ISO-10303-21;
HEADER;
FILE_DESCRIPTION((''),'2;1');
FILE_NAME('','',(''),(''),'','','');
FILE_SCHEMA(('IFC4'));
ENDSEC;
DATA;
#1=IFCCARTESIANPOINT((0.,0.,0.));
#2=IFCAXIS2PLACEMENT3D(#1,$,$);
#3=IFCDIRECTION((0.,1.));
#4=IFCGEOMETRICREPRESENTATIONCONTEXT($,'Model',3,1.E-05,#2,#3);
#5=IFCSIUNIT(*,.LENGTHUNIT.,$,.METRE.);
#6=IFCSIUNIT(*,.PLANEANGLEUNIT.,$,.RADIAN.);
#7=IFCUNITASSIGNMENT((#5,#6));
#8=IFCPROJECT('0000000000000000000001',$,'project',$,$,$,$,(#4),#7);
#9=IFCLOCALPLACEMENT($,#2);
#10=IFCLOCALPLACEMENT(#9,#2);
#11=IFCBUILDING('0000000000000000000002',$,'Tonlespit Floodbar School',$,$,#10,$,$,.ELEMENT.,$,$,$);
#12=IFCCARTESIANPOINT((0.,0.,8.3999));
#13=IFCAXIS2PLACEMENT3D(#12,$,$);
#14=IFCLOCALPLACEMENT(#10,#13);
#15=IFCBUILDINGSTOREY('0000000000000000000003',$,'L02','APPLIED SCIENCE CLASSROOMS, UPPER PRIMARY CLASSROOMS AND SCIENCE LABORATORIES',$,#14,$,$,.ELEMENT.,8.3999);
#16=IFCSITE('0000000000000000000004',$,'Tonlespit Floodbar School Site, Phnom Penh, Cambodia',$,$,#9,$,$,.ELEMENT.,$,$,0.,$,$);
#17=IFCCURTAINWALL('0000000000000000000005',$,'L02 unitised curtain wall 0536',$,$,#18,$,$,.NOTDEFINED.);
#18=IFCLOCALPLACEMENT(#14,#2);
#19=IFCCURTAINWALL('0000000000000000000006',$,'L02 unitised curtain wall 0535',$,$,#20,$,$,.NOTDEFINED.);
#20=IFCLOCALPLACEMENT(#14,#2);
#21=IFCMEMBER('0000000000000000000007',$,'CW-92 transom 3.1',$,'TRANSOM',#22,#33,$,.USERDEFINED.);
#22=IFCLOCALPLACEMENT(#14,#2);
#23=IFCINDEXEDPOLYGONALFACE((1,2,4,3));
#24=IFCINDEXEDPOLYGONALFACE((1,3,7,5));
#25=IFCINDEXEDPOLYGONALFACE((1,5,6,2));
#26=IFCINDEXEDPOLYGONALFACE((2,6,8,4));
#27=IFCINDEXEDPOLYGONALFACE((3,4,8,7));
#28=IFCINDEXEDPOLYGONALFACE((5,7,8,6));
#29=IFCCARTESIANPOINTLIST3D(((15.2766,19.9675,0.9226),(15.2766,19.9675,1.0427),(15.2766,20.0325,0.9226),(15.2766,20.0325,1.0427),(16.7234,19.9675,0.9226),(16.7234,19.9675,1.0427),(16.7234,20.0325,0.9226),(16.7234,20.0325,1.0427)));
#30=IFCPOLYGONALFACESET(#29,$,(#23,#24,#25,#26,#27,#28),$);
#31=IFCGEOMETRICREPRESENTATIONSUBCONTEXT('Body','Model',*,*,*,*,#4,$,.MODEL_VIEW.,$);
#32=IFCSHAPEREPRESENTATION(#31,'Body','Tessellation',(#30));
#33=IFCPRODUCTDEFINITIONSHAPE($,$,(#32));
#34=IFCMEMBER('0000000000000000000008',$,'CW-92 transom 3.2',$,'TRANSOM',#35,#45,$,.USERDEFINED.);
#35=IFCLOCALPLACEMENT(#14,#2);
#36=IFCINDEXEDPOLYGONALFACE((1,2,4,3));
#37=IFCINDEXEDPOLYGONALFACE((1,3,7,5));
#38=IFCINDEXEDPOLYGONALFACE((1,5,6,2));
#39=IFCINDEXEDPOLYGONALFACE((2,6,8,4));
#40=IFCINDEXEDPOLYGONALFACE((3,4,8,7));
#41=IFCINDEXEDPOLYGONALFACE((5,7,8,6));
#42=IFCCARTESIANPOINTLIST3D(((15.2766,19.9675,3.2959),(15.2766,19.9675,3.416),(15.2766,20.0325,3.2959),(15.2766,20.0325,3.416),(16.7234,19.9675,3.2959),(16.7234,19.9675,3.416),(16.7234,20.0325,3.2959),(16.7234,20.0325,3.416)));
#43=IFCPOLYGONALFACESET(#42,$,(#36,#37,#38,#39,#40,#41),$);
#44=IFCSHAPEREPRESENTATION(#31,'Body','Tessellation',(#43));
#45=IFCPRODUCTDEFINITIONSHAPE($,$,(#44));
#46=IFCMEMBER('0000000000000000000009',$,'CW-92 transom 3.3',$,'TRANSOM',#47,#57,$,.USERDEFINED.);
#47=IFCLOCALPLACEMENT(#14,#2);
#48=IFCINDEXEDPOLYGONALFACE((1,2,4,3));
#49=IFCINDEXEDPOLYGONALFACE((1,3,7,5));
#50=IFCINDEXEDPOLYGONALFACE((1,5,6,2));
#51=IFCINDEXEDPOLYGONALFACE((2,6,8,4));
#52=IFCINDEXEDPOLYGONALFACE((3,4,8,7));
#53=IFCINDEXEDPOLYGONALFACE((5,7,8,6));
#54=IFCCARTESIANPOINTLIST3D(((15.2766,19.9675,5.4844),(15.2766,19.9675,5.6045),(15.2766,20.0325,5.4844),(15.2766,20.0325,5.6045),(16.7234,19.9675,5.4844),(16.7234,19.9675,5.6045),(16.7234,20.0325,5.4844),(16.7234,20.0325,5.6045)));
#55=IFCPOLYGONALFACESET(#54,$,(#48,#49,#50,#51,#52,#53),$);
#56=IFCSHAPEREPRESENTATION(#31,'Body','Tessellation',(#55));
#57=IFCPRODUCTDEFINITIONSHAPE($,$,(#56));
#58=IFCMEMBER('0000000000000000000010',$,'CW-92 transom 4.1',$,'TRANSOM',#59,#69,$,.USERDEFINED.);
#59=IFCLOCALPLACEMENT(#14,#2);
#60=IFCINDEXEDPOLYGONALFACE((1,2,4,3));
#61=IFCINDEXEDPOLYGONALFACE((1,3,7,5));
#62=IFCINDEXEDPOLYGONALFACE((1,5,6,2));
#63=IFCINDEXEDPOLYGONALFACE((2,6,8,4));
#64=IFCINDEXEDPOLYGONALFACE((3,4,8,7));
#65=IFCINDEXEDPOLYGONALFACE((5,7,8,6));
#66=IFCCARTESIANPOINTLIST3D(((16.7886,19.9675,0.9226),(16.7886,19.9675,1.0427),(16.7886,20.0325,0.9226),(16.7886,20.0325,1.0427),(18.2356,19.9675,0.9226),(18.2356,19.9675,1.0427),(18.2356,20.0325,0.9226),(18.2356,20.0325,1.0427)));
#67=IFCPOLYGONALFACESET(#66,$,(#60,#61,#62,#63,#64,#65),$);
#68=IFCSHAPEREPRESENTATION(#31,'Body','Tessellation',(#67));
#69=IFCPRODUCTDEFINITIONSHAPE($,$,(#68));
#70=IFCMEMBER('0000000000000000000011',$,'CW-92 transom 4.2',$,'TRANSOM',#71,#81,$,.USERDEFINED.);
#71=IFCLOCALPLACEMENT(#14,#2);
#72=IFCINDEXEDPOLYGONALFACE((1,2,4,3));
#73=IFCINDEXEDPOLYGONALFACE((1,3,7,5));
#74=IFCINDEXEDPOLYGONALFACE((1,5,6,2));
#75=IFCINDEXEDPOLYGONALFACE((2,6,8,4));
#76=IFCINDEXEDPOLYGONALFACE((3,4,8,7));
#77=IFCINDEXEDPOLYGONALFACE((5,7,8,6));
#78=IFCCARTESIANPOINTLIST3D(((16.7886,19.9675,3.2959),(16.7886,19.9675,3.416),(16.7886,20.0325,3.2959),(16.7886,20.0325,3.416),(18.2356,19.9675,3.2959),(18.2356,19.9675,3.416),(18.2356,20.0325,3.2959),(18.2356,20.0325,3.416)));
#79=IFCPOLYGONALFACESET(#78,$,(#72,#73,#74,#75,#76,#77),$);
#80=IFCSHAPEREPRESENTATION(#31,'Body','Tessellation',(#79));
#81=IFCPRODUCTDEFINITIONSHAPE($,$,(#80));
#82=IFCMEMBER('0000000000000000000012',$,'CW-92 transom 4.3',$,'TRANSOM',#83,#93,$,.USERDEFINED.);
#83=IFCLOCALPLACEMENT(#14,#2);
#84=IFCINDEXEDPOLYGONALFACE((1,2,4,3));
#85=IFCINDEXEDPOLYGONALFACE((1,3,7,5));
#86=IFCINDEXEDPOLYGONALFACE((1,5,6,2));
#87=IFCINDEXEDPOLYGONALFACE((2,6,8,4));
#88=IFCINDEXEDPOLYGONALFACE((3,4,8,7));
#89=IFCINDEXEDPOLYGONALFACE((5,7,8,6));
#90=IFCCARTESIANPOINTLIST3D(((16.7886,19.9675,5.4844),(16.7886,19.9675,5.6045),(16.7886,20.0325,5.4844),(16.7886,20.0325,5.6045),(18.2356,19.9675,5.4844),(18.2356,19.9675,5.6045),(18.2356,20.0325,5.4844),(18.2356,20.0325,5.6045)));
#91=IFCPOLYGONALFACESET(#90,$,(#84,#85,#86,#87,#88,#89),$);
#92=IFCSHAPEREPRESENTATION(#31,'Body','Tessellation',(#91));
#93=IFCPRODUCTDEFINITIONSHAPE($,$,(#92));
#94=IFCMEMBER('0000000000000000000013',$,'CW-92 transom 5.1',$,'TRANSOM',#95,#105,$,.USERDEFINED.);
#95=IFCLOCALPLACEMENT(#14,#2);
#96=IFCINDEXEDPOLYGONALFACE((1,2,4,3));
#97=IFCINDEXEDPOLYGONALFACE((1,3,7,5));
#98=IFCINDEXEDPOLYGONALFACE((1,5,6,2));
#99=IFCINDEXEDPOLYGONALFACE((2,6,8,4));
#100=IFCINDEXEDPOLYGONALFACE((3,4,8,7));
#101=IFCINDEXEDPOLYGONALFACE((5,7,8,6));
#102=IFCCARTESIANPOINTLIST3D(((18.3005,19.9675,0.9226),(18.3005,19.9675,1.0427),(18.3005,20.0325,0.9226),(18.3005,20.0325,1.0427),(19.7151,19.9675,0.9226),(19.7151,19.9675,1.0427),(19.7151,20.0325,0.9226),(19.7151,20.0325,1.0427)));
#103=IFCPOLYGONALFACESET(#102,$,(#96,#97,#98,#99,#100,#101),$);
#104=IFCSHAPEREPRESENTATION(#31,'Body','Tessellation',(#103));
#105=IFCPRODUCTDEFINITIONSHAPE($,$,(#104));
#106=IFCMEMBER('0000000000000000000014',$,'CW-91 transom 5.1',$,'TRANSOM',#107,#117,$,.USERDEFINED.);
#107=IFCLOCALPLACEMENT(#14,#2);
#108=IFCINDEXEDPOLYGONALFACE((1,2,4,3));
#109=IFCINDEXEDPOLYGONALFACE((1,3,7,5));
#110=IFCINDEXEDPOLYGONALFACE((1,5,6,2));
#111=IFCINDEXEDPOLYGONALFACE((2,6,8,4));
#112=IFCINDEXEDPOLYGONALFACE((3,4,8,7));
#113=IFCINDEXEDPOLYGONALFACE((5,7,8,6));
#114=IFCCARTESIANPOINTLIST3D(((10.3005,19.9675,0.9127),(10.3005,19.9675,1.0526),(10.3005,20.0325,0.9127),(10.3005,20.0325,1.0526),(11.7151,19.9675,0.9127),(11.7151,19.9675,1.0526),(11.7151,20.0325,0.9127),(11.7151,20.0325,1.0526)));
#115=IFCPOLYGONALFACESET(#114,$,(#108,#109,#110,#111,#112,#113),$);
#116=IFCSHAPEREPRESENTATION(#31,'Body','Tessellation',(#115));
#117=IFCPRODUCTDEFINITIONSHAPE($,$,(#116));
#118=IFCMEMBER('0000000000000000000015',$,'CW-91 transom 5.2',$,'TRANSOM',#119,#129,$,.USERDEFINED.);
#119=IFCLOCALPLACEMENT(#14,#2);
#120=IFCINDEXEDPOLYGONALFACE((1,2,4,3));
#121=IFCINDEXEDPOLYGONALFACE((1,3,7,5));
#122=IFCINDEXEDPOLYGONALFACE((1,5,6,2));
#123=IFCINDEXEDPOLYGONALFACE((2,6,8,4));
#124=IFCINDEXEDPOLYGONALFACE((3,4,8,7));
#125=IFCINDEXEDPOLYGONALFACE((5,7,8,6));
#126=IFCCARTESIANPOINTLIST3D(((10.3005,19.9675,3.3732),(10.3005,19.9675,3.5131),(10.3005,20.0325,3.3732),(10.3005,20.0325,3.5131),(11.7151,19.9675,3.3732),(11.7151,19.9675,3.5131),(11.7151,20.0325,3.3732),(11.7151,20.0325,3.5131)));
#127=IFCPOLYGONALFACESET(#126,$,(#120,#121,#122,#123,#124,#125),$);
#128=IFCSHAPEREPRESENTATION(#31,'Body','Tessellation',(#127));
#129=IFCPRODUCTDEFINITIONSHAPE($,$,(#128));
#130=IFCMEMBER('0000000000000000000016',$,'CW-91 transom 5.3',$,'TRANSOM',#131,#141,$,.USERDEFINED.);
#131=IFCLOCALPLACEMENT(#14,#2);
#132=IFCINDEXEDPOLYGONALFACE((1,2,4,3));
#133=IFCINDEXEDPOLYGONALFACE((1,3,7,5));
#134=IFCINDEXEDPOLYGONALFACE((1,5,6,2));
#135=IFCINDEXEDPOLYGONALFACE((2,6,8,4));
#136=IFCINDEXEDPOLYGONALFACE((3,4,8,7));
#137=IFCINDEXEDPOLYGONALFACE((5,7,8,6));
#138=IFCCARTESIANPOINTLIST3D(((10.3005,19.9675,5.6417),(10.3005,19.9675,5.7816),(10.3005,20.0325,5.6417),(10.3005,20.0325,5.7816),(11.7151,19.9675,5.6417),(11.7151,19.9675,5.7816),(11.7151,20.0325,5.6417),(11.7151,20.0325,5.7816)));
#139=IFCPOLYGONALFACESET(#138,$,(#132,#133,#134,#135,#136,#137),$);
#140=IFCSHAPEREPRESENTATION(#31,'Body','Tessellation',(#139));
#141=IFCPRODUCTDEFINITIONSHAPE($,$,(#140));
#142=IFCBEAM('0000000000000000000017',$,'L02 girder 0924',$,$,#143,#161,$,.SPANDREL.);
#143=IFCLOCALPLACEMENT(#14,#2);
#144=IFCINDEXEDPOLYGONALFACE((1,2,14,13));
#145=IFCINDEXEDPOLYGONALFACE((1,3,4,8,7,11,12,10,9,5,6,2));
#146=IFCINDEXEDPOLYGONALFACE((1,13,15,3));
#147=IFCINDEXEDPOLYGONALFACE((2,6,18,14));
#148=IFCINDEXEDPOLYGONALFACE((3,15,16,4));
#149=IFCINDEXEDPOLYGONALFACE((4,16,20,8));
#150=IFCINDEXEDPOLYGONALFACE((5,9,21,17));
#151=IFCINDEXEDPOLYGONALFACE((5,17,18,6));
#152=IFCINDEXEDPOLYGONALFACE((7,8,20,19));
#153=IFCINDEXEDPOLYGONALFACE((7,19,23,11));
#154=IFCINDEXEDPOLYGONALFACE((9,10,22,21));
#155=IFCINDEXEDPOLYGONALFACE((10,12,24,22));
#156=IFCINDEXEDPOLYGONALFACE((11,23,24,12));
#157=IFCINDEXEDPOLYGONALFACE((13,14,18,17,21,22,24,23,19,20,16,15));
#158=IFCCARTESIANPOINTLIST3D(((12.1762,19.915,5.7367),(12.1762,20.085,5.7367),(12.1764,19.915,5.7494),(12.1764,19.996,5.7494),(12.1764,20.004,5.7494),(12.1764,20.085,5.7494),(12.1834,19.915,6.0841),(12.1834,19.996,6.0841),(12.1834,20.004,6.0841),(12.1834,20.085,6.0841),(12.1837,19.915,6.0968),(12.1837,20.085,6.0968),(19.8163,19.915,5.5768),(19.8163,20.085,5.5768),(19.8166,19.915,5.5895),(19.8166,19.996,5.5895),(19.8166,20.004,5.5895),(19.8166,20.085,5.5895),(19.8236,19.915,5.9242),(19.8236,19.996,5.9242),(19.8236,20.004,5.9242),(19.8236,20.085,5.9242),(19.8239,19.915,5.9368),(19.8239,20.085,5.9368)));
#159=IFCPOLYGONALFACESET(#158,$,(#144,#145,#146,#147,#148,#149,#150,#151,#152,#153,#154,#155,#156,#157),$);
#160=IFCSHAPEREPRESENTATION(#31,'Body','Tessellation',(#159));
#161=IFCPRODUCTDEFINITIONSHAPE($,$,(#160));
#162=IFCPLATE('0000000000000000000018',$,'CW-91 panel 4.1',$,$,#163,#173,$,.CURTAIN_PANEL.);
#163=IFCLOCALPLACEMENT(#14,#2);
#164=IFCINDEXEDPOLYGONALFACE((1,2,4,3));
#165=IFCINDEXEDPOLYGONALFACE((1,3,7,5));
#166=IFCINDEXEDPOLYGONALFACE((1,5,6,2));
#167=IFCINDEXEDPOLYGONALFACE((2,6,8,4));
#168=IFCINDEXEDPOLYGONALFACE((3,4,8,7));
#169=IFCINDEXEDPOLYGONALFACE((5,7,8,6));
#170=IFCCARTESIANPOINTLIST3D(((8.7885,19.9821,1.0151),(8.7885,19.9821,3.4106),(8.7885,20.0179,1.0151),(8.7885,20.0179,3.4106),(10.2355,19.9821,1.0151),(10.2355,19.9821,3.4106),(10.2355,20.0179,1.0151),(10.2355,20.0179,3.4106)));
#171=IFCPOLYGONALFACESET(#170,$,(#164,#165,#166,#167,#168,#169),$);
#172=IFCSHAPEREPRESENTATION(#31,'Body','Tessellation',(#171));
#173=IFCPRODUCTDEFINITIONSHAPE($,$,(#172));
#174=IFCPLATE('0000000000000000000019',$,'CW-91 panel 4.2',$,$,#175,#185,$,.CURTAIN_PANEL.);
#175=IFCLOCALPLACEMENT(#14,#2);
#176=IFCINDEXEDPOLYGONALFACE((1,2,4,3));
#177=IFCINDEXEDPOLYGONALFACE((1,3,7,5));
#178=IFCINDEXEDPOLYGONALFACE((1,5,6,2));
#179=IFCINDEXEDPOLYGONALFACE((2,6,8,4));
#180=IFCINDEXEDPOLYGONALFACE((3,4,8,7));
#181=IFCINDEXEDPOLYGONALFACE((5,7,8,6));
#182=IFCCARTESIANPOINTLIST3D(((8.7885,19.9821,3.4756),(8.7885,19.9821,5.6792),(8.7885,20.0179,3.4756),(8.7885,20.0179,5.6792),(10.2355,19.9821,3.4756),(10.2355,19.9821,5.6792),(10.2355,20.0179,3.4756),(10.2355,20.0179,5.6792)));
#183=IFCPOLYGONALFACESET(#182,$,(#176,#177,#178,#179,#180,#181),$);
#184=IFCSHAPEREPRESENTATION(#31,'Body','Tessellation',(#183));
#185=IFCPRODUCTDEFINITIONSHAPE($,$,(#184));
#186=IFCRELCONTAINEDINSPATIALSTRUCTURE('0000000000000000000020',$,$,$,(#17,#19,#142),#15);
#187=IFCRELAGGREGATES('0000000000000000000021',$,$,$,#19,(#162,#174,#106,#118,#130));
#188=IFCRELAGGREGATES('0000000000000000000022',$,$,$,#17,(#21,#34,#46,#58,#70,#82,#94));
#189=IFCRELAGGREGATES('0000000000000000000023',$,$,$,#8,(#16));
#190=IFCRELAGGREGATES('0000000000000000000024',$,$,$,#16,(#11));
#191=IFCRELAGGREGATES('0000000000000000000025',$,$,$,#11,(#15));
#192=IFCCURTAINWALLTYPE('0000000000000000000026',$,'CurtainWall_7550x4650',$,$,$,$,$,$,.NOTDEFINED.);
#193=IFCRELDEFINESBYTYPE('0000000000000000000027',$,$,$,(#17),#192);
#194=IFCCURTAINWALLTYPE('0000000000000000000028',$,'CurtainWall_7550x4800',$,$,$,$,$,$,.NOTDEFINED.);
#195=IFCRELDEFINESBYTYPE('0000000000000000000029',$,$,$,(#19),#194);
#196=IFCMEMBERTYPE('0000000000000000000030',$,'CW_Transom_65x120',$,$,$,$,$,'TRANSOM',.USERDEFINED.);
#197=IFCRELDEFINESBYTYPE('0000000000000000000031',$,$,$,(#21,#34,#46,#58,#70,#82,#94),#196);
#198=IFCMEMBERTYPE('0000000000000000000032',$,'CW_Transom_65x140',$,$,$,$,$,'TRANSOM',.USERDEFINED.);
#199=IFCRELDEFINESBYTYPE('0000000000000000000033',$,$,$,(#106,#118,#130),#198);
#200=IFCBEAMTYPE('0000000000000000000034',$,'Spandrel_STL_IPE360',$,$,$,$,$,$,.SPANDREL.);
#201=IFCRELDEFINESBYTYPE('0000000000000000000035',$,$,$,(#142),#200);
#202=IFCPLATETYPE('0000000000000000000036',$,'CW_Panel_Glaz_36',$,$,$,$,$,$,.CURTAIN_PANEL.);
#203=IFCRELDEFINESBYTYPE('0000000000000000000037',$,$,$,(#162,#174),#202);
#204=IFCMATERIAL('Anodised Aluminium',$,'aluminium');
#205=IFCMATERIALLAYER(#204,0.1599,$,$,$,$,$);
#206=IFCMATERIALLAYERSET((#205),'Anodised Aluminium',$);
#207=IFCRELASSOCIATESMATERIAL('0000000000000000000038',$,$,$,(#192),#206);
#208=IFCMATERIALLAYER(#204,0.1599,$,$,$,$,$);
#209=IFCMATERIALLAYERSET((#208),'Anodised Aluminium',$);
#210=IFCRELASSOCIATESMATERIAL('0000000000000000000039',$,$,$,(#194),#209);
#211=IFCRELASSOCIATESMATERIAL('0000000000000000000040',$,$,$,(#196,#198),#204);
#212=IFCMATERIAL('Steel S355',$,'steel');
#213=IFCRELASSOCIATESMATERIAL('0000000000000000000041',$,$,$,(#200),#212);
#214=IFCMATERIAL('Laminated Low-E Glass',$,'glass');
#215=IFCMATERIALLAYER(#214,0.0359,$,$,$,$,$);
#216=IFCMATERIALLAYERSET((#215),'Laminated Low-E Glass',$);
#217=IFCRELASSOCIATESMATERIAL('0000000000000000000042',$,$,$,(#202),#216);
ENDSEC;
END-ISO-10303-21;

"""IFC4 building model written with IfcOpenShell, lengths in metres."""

from ifc_helpers import new_model, si_unit, direction, frame, origin, origin_2d, place, context, subcontext, project, spatial, rectangle, i_section, extrude, material, layer, layer_set, material_profile, profile_set, type_object, element, aggregate, save


model = new_model("IFC4")

# Units and contexts
model_context = context("Model", 3, precision=1e-05, world=origin(), true_north=direction((0.0, 1.0)))
body_context = subcontext(model_context, "Body", "Model", "MODEL_VIEW")
ifc_project = project(units=[si_unit("LENGTHUNIT", "METRE"), si_unit("PLANEANGLEUNIT", "RADIAN")], contexts=[model_context])

# Site, building, storey
site_placement = place(None, origin())
site = spatial("IfcSite", under=ifc_project, at=site_placement, Name="Tonlespit Floodbar School Site, Phnom Penh, Cambodia", CompositionType="ELEMENT", RefElevation=0.0)
building_placement = place(site_placement, origin())
building = spatial("IfcBuilding", under=site, at=building_placement, Name="Tonlespit Floodbar School", CompositionType="ELEMENT")
storey_placement = place(building_placement, frame((0.0, 0.0, 8.3999)))
storey = spatial("IfcBuildingStorey", under=building, at=storey_placement, Name="L02", Description="APPLIED SCIENCE CLASSROOMS, UPPER PRIMARY CLASSROOMS AND SCIENCE LABORATORIES", CompositionType="ELEMENT", Elevation=8.3999)

# Curtain walls
ifc_material_1 = material(Name="Anodised Aluminium", Category="aluminium")
ifc_layer_1 = layer(ifc_material_1, 0.1599)
ifc_layer_set_1 = layer_set([ifc_layer_1], Name="Anodised Aluminium")
curtain_wall_type_1 = type_object("IfcCurtainWallType", Name="CurtainWall_7550x4650", PredefinedType="NOTDEFINED", material=ifc_layer_set_1)
curtain_wall_1_placement = place(storey_placement, origin())
curtain_wall_1 = element("IfcCurtainWall", 1, at=curtain_wall_1_placement, inside=storey, type_object=curtain_wall_type_1, Name="L02 unitised curtain wall 0536", PredefinedType="NOTDEFINED")
ifc_layer_2 = layer(ifc_material_1, 0.1599)
ifc_layer_set_2 = layer_set([ifc_layer_2], Name="Anodised Aluminium")
curtain_wall_type_2 = type_object("IfcCurtainWallType", Name="CurtainWall_7550x4800", PredefinedType="NOTDEFINED", material=ifc_layer_set_2)
curtain_wall_2_placement = place(storey_placement, origin())
curtain_wall_2 = element("IfcCurtainWall", 2, at=curtain_wall_2_placement, inside=storey, type_object=curtain_wall_type_2, Name="L02 unitised curtain wall 0535", PredefinedType="NOTDEFINED")

# Members
ifc_material_profile_1 = material_profile(ifc_material_1, rectangle(XDim=0.0649, YDim=0.1201, at=origin_2d()), Name="ALU T65x120")
ifc_profile_set_1 = profile_set([ifc_material_profile_1], Name="Anodised Aluminium")
member_type_1 = type_object("IfcMemberType", Name="CW_Transom_65x120", ElementType="TRANSOM", PredefinedType="USERDEFINED", material=ifc_profile_set_1)
member_1_placement = place(storey_placement, frame((15.2766, 20.0, 0.9827), z_axis=(1.0, 0.0, 0.0), x_axis=(0.0, 1.0, 0.0)))
member_1 = element("IfcMember", 3, at=member_1_placement, type_object=member_type_1, Name="CW-92 transom 3.1", ObjectType="TRANSOM", PredefinedType="USERDEFINED", context=body_context, shape_type="SweptSolid", body=[
    extrude(rectangle(XDim=0.0649, YDim=0.1201, at=origin_2d()), origin(), (0.0, 0.0, 1.0), 1.4468),
])
member_2_placement = place(storey_placement, frame((15.2766, 20.0, 3.356), z_axis=(1.0, 0.0, 0.0), x_axis=(0.0, 1.0, 0.0)))
member_2 = element("IfcMember", 4, at=member_2_placement, type_object=member_type_1, Name="CW-92 transom 3.2", ObjectType="TRANSOM", PredefinedType="USERDEFINED", context=body_context, shape_type="SweptSolid", body=[
    extrude(rectangle(XDim=0.0649, YDim=0.1201, at=origin_2d()), origin(), (0.0, 0.0, 1.0), 1.4468),
])
member_3_placement = place(storey_placement, frame((15.2766, 20.0, 5.5444), z_axis=(1.0, 0.0, 0.0), x_axis=(0.0, 1.0, 0.0)))
member_3 = element("IfcMember", 5, at=member_3_placement, type_object=member_type_1, Name="CW-92 transom 3.3", ObjectType="TRANSOM", PredefinedType="USERDEFINED", context=body_context, shape_type="SweptSolid", body=[
    extrude(rectangle(XDim=0.0649, YDim=0.1201, at=origin_2d()), origin(), (0.0, 0.0, 1.0), 1.4468),
])
member_4_placement = place(storey_placement, frame((16.7886, 20.0, 0.9827), z_axis=(1.0, 0.0, 0.0), x_axis=(0.0, 1.0, 0.0)))
member_4 = element("IfcMember", 6, at=member_4_placement, type_object=member_type_1, Name="CW-92 transom 4.1", ObjectType="TRANSOM", PredefinedType="USERDEFINED", context=body_context, shape_type="SweptSolid", body=[
    extrude(rectangle(XDim=0.0649, YDim=0.1201, at=origin_2d()), origin(), (0.0, 0.0, 1.0), 1.447),
])
member_5_placement = place(storey_placement, frame((16.7886, 20.0, 3.356), z_axis=(1.0, 0.0, 0.0), x_axis=(0.0, 1.0, 0.0)))
member_5 = element("IfcMember", 7, at=member_5_placement, type_object=member_type_1, Name="CW-92 transom 4.2", ObjectType="TRANSOM", PredefinedType="USERDEFINED", context=body_context, shape_type="SweptSolid", body=[
    extrude(rectangle(XDim=0.0649, YDim=0.1201, at=origin_2d()), origin(), (0.0, 0.0, 1.0), 1.447),
])
member_6_placement = place(storey_placement, frame((16.7886, 20.0, 5.5444), z_axis=(1.0, 0.0, 0.0), x_axis=(0.0, 1.0, 0.0)))
member_6 = element("IfcMember", 8, at=member_6_placement, type_object=member_type_1, Name="CW-92 transom 4.3", ObjectType="TRANSOM", PredefinedType="USERDEFINED", context=body_context, shape_type="SweptSolid", body=[
    extrude(rectangle(XDim=0.0649, YDim=0.1201, at=origin_2d()), origin(), (0.0, 0.0, 1.0), 1.447),
])
member_7_placement = place(storey_placement, frame((18.3005, 20.0, 0.9827), z_axis=(1.0, 0.0, 0.0), x_axis=(0.0, 1.0, 0.0)))
member_7 = element("IfcMember", 9, at=member_7_placement, type_object=member_type_1, Name="CW-92 transom 5.1", ObjectType="TRANSOM", PredefinedType="USERDEFINED", context=body_context, shape_type="SweptSolid", body=[
    extrude(rectangle(XDim=0.0649, YDim=0.1201, at=origin_2d()), origin(), (0.0, 0.0, 1.0), 1.4146),
])
ifc_material_profile_2 = material_profile(ifc_material_1, rectangle(XDim=0.0649, YDim=0.1399, at=origin_2d()), Name="ALU T65x140")
ifc_profile_set_2 = profile_set([ifc_material_profile_2], Name="Anodised Aluminium")
member_type_2 = type_object("IfcMemberType", Name="CW_Transom_65x140", ElementType="TRANSOM", PredefinedType="USERDEFINED", material=ifc_profile_set_2)
member_8_placement = place(storey_placement, frame((10.3005, 20.0, 0.9827), z_axis=(1.0, 0.0, 0.0), x_axis=(0.0, 1.0, 0.0)))
member_8 = element("IfcMember", 10, at=member_8_placement, type_object=member_type_2, Name="CW-91 transom 5.1", ObjectType="TRANSOM", PredefinedType="USERDEFINED", context=body_context, shape_type="SweptSolid", body=[
    extrude(rectangle(XDim=0.0649, YDim=0.1399, at=origin_2d()), origin(), (0.0, 0.0, 1.0), 1.4146),
])
member_9_placement = place(storey_placement, frame((10.3005, 20.0, 3.4431), z_axis=(1.0, 0.0, 0.0), x_axis=(0.0, 1.0, 0.0)))
member_9 = element("IfcMember", 11, at=member_9_placement, type_object=member_type_2, Name="CW-91 transom 5.2", ObjectType="TRANSOM", PredefinedType="USERDEFINED", context=body_context, shape_type="SweptSolid", body=[
    extrude(rectangle(XDim=0.0649, YDim=0.1399, at=origin_2d()), origin(), (0.0, 0.0, 1.0), 1.4146),
])
member_10_placement = place(storey_placement, frame((10.3005, 20.0, 5.7117), z_axis=(1.0, 0.0, 0.0), x_axis=(0.0, 1.0, 0.0)))
member_10 = element("IfcMember", 12, at=member_10_placement, type_object=member_type_2, Name="CW-91 transom 5.3", ObjectType="TRANSOM", PredefinedType="USERDEFINED", context=body_context, shape_type="SweptSolid", body=[
    extrude(rectangle(XDim=0.0649, YDim=0.1399, at=origin_2d()), origin(), (0.0, 0.0, 1.0), 1.4146),
])

# Beam
ifc_material_2 = material(Name="Steel S355", Category="steel")
ifc_material_profile_3 = material_profile(ifc_material_2, i_section(OverallWidth=0.1699, OverallDepth=0.3601, WebThickness=0.0081, FlangeThickness=0.0127, at=origin_2d()), Name="IPE 360")
ifc_profile_set_3 = profile_set([ifc_material_profile_3], Name="Steel S355")
beam_type = type_object("IfcBeamType", Name="Spandrel_STL_IPE360", PredefinedType="SPANDREL", material=ifc_profile_set_3)
beam_placement = place(storey_placement, frame((12.1799, 20.0, 5.9167), z_axis=(0.999781, 0.0, -0.020926), x_axis=(0.0, 1.0, 0.0)))
element("IfcBeam", 13, at=beam_placement, inside=storey, type_object=beam_type, Name="L02 girder 0924", PredefinedType="SPANDREL", context=body_context, shape_type="SweptSolid", body=[
    extrude(i_section(OverallWidth=0.1699, OverallDepth=0.3601, WebThickness=0.0081, FlangeThickness=0.0127, at=origin_2d()), origin(), (0.0, 0.0, 1.0), 7.6418),
])

# Plates
ifc_material_3 = material(Name="Laminated Low-E Glass", Category="glass")
ifc_layer_3 = layer(ifc_material_3, 0.0359)
ifc_layer_set_3 = layer_set([ifc_layer_3], Name="Laminated Low-E Glass")
plate_type_1 = type_object("IfcPlateType", Name="CW_Panel_Glaz_36", PredefinedType="CURTAIN_PANEL", material=ifc_layer_set_3)
plate_1_placement = place(storey_placement, frame((9.512, 20.0, 1.0151), z_axis=(0.0, 0.0, 1.0), x_axis=(1.0, 0.0, 0.0)))
plate_1 = element("IfcPlate", 14, at=plate_1_placement, type_object=plate_type_1, Name="CW-91 panel 4.1", PredefinedType="CURTAIN_PANEL", context=body_context, shape_type="SweptSolid", body=[
    extrude(rectangle(XDim=1.447, YDim=0.0359, at=origin_2d()), origin(), (0.0, 0.0, 1.0), 2.3955),
])
plate_2_placement = place(storey_placement, frame((9.512, 20.0, 3.4756), z_axis=(0.0, 0.0, 1.0), x_axis=(1.0, 0.0, 0.0)))
plate_2 = element("IfcPlate", 15, at=plate_2_placement, type_object=plate_type_1, Name="CW-91 panel 4.2", PredefinedType="CURTAIN_PANEL", context=body_context, shape_type="SweptSolid", body=[
    extrude(rectangle(XDim=1.447, YDim=0.0359, at=origin_2d()), origin(), (0.0, 0.0, 1.0), 2.2036),
])
aggregate(curtain_wall_2, [plate_1, plate_2, member_8, member_9, member_10])
aggregate(curtain_wall_1, [member_1, member_2, member_3, member_4, member_5, member_6, member_7])

save(model, "model.ifc")
